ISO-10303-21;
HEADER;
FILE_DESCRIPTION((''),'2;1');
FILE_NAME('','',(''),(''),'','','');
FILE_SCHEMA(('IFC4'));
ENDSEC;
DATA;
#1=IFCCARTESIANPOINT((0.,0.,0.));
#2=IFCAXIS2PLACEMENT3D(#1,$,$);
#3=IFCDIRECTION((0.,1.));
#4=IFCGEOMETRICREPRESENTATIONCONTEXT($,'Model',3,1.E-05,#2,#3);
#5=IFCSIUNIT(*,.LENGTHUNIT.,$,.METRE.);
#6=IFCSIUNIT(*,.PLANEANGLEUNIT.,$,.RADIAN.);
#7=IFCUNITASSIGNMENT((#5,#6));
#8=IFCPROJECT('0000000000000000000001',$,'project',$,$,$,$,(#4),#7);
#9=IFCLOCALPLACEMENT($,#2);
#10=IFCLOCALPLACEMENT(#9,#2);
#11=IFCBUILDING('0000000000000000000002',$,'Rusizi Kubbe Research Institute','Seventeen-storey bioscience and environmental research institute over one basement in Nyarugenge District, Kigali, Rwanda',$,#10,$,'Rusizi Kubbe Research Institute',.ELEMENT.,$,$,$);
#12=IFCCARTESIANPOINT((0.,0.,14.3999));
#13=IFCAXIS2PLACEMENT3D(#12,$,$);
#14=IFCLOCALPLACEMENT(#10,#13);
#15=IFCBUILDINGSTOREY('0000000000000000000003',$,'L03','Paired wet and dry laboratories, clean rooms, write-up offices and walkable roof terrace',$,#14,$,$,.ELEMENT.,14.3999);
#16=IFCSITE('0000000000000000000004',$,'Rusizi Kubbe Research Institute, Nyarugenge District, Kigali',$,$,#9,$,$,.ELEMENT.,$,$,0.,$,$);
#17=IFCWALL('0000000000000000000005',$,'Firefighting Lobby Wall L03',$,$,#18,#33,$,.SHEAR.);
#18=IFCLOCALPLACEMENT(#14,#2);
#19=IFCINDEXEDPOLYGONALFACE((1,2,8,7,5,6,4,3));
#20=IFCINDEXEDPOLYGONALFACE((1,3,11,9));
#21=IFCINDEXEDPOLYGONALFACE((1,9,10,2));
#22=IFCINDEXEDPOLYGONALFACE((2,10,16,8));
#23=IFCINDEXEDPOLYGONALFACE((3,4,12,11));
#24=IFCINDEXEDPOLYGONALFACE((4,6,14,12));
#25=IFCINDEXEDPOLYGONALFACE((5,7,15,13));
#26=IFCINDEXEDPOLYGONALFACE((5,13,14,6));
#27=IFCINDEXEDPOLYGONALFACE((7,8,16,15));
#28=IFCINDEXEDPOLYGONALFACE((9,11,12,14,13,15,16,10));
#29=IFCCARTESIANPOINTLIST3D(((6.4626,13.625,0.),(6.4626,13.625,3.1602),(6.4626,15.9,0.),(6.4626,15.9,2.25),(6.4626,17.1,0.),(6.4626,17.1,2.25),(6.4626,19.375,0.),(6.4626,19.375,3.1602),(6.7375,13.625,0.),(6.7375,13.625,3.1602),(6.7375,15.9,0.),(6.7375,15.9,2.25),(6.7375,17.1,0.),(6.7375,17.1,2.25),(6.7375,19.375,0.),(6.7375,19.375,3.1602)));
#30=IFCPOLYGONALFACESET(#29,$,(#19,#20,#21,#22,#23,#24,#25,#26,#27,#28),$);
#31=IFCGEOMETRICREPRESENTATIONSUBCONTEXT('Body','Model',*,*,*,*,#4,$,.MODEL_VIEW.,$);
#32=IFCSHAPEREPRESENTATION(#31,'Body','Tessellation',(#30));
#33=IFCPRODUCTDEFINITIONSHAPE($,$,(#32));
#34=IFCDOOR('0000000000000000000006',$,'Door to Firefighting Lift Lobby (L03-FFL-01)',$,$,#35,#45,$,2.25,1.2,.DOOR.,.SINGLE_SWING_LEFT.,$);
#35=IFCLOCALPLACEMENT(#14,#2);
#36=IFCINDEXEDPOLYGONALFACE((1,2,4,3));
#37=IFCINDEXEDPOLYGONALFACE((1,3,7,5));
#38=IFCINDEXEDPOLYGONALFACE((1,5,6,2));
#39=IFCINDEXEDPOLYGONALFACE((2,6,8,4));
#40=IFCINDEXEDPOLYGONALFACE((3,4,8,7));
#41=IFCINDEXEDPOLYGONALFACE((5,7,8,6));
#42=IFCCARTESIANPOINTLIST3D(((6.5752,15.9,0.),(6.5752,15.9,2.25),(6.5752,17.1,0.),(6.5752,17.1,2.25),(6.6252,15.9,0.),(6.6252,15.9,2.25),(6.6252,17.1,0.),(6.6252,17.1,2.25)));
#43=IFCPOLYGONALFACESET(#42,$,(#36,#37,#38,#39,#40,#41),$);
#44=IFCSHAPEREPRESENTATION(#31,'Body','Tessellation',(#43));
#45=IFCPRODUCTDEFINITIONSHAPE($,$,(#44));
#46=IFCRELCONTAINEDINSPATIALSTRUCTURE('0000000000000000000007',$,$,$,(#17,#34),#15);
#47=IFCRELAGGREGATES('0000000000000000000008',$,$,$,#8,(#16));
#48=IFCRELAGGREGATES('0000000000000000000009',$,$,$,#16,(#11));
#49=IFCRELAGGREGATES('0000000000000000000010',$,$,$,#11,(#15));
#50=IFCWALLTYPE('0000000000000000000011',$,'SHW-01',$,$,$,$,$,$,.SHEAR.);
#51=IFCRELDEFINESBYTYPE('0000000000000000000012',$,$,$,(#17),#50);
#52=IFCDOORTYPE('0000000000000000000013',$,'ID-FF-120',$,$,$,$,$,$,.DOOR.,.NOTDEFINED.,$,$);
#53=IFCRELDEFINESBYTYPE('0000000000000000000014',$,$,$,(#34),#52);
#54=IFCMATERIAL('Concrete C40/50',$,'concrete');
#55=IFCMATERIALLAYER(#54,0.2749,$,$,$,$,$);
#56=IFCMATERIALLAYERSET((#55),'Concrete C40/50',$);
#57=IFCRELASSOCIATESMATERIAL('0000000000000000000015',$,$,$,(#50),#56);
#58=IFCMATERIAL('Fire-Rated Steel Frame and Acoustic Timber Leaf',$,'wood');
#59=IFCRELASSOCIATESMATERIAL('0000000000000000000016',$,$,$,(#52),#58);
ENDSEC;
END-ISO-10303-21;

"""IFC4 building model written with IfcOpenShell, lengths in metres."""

from ifc_helpers import new_model, si_unit, direction, frame, frame_2d, origin, place, context, subcontext, project, spatial, rectangle, extrude, material, layer, layer_set, type_object, element, fill, save


model = new_model("IFC4")

# Units and contexts
model_context = context("Model", 3, precision=1e-05, world=origin(), true_north=direction((0.0, 1.0)))
body_context = subcontext(model_context, "Body", "Model", "MODEL_VIEW")
ifc_project = project(units=[si_unit("LENGTHUNIT", "METRE"), si_unit("PLANEANGLEUNIT", "RADIAN")], contexts=[model_context])

# Site, building, storey
site_placement = place(None, origin())
site = spatial("IfcSite", under=ifc_project, at=site_placement, Name="Rusizi Kubbe Research Institute, Nyarugenge District, Kigali", CompositionType="ELEMENT", RefElevation=0.0)
building_placement = place(site_placement, origin())
building = spatial("IfcBuilding", under=site, at=building_placement, Name="Rusizi Kubbe Research Institute", Description="Seventeen-storey bioscience and environmental research institute over one basement in Nyarugenge District, Kigali, Rwanda", LongName="Rusizi Kubbe Research Institute", CompositionType="ELEMENT")
storey_placement = place(building_placement, frame((0.0, 0.0, 14.3999)))
storey = spatial("IfcBuildingStorey", under=building, at=storey_placement, Name="L03", Description="Paired wet and dry laboratories, clean rooms, write-up offices and walkable roof terrace", CompositionType="ELEMENT", Elevation=14.3999)

# Wall, opening, door
ifc_material_1 = material(Name="Concrete C40/50", Category="concrete")
ifc_layer_1 = layer(ifc_material_1, 0.2749)
ifc_layer_set_1 = layer_set([ifc_layer_1], Name="Concrete C40/50")
wall_type_1 = type_object("IfcWallType", Name="SHW-01", PredefinedType="SHEAR", material=ifc_layer_set_1)
wall_1_placement = place(storey_placement, frame((6.6001, 13.625, 0.0), z_axis=(0.0, 0.0, 1.0), x_axis=(0.0, 1.0, 0.0)))
wall_1 = element("IfcWall", 1, at=wall_1_placement, inside=storey, type_object=wall_type_1, Name="Firefighting Lobby Wall L03", PredefinedType="SHEAR", context=body_context, shape_type="SweptSolid", body=[
    extrude(rectangle(XDim=5.75, YDim=0.2749, at=frame_2d((2.875, 0.0))), origin(), (0.0, 0.0, 1.0), 3.1602),
])
opening_1_placement = place(wall_1_placement, frame((2.2749, 0.0, 0.0)))
opening_1 = element("IfcOpeningElement", 2, at=opening_1_placement, cuts=wall_1, PredefinedType="OPENING", context=body_context, shape_type="SweptSolid", body=[
    extrude(rectangle(XDim=1.2, YDim=2.25, at=frame_2d((0.6001, 1.125))), frame((0.0, 0.1475, 0.0), z_axis=(0.0, -1.0, 0.0), x_axis=(1.0, 0.0, 0.0)), (0.0, 0.0, 1.0), 0.2949),
])
ifc_material_2 = material(Name="Fire-Rated Steel Frame and Acoustic Timber Leaf", Category="wood")
door_type_1 = type_object("IfcDoorType", Name="ID-FF-120", OperationType="NOTDEFINED", PredefinedType="DOOR", material=ifc_material_2)
door_1_placement = place(opening_1_placement, origin())
door_1 = element("IfcDoor", 3, at=door_1_placement, inside=storey, type_object=door_type_1, Name="Door to Firefighting Lift Lobby (L03-FFL-01)", OperationType="SINGLE_SWING_LEFT", OverallHeight=2.25, OverallWidth=1.2, PredefinedType="DOOR", context=body_context, shape_type="SweptSolid", body=[
    extrude(rectangle(XDim=1.2, YDim=2.25, at=frame_2d((0.6001, 1.125))), frame((0.0, 0.0249, 0.0), z_axis=(0.0, -1.0, 0.0), x_axis=(1.0, 0.0, 0.0)), (0.0, 0.0, 1.0), 0.05),
])
fill(opening_1, door_1)

save(model, "model.ifc")
